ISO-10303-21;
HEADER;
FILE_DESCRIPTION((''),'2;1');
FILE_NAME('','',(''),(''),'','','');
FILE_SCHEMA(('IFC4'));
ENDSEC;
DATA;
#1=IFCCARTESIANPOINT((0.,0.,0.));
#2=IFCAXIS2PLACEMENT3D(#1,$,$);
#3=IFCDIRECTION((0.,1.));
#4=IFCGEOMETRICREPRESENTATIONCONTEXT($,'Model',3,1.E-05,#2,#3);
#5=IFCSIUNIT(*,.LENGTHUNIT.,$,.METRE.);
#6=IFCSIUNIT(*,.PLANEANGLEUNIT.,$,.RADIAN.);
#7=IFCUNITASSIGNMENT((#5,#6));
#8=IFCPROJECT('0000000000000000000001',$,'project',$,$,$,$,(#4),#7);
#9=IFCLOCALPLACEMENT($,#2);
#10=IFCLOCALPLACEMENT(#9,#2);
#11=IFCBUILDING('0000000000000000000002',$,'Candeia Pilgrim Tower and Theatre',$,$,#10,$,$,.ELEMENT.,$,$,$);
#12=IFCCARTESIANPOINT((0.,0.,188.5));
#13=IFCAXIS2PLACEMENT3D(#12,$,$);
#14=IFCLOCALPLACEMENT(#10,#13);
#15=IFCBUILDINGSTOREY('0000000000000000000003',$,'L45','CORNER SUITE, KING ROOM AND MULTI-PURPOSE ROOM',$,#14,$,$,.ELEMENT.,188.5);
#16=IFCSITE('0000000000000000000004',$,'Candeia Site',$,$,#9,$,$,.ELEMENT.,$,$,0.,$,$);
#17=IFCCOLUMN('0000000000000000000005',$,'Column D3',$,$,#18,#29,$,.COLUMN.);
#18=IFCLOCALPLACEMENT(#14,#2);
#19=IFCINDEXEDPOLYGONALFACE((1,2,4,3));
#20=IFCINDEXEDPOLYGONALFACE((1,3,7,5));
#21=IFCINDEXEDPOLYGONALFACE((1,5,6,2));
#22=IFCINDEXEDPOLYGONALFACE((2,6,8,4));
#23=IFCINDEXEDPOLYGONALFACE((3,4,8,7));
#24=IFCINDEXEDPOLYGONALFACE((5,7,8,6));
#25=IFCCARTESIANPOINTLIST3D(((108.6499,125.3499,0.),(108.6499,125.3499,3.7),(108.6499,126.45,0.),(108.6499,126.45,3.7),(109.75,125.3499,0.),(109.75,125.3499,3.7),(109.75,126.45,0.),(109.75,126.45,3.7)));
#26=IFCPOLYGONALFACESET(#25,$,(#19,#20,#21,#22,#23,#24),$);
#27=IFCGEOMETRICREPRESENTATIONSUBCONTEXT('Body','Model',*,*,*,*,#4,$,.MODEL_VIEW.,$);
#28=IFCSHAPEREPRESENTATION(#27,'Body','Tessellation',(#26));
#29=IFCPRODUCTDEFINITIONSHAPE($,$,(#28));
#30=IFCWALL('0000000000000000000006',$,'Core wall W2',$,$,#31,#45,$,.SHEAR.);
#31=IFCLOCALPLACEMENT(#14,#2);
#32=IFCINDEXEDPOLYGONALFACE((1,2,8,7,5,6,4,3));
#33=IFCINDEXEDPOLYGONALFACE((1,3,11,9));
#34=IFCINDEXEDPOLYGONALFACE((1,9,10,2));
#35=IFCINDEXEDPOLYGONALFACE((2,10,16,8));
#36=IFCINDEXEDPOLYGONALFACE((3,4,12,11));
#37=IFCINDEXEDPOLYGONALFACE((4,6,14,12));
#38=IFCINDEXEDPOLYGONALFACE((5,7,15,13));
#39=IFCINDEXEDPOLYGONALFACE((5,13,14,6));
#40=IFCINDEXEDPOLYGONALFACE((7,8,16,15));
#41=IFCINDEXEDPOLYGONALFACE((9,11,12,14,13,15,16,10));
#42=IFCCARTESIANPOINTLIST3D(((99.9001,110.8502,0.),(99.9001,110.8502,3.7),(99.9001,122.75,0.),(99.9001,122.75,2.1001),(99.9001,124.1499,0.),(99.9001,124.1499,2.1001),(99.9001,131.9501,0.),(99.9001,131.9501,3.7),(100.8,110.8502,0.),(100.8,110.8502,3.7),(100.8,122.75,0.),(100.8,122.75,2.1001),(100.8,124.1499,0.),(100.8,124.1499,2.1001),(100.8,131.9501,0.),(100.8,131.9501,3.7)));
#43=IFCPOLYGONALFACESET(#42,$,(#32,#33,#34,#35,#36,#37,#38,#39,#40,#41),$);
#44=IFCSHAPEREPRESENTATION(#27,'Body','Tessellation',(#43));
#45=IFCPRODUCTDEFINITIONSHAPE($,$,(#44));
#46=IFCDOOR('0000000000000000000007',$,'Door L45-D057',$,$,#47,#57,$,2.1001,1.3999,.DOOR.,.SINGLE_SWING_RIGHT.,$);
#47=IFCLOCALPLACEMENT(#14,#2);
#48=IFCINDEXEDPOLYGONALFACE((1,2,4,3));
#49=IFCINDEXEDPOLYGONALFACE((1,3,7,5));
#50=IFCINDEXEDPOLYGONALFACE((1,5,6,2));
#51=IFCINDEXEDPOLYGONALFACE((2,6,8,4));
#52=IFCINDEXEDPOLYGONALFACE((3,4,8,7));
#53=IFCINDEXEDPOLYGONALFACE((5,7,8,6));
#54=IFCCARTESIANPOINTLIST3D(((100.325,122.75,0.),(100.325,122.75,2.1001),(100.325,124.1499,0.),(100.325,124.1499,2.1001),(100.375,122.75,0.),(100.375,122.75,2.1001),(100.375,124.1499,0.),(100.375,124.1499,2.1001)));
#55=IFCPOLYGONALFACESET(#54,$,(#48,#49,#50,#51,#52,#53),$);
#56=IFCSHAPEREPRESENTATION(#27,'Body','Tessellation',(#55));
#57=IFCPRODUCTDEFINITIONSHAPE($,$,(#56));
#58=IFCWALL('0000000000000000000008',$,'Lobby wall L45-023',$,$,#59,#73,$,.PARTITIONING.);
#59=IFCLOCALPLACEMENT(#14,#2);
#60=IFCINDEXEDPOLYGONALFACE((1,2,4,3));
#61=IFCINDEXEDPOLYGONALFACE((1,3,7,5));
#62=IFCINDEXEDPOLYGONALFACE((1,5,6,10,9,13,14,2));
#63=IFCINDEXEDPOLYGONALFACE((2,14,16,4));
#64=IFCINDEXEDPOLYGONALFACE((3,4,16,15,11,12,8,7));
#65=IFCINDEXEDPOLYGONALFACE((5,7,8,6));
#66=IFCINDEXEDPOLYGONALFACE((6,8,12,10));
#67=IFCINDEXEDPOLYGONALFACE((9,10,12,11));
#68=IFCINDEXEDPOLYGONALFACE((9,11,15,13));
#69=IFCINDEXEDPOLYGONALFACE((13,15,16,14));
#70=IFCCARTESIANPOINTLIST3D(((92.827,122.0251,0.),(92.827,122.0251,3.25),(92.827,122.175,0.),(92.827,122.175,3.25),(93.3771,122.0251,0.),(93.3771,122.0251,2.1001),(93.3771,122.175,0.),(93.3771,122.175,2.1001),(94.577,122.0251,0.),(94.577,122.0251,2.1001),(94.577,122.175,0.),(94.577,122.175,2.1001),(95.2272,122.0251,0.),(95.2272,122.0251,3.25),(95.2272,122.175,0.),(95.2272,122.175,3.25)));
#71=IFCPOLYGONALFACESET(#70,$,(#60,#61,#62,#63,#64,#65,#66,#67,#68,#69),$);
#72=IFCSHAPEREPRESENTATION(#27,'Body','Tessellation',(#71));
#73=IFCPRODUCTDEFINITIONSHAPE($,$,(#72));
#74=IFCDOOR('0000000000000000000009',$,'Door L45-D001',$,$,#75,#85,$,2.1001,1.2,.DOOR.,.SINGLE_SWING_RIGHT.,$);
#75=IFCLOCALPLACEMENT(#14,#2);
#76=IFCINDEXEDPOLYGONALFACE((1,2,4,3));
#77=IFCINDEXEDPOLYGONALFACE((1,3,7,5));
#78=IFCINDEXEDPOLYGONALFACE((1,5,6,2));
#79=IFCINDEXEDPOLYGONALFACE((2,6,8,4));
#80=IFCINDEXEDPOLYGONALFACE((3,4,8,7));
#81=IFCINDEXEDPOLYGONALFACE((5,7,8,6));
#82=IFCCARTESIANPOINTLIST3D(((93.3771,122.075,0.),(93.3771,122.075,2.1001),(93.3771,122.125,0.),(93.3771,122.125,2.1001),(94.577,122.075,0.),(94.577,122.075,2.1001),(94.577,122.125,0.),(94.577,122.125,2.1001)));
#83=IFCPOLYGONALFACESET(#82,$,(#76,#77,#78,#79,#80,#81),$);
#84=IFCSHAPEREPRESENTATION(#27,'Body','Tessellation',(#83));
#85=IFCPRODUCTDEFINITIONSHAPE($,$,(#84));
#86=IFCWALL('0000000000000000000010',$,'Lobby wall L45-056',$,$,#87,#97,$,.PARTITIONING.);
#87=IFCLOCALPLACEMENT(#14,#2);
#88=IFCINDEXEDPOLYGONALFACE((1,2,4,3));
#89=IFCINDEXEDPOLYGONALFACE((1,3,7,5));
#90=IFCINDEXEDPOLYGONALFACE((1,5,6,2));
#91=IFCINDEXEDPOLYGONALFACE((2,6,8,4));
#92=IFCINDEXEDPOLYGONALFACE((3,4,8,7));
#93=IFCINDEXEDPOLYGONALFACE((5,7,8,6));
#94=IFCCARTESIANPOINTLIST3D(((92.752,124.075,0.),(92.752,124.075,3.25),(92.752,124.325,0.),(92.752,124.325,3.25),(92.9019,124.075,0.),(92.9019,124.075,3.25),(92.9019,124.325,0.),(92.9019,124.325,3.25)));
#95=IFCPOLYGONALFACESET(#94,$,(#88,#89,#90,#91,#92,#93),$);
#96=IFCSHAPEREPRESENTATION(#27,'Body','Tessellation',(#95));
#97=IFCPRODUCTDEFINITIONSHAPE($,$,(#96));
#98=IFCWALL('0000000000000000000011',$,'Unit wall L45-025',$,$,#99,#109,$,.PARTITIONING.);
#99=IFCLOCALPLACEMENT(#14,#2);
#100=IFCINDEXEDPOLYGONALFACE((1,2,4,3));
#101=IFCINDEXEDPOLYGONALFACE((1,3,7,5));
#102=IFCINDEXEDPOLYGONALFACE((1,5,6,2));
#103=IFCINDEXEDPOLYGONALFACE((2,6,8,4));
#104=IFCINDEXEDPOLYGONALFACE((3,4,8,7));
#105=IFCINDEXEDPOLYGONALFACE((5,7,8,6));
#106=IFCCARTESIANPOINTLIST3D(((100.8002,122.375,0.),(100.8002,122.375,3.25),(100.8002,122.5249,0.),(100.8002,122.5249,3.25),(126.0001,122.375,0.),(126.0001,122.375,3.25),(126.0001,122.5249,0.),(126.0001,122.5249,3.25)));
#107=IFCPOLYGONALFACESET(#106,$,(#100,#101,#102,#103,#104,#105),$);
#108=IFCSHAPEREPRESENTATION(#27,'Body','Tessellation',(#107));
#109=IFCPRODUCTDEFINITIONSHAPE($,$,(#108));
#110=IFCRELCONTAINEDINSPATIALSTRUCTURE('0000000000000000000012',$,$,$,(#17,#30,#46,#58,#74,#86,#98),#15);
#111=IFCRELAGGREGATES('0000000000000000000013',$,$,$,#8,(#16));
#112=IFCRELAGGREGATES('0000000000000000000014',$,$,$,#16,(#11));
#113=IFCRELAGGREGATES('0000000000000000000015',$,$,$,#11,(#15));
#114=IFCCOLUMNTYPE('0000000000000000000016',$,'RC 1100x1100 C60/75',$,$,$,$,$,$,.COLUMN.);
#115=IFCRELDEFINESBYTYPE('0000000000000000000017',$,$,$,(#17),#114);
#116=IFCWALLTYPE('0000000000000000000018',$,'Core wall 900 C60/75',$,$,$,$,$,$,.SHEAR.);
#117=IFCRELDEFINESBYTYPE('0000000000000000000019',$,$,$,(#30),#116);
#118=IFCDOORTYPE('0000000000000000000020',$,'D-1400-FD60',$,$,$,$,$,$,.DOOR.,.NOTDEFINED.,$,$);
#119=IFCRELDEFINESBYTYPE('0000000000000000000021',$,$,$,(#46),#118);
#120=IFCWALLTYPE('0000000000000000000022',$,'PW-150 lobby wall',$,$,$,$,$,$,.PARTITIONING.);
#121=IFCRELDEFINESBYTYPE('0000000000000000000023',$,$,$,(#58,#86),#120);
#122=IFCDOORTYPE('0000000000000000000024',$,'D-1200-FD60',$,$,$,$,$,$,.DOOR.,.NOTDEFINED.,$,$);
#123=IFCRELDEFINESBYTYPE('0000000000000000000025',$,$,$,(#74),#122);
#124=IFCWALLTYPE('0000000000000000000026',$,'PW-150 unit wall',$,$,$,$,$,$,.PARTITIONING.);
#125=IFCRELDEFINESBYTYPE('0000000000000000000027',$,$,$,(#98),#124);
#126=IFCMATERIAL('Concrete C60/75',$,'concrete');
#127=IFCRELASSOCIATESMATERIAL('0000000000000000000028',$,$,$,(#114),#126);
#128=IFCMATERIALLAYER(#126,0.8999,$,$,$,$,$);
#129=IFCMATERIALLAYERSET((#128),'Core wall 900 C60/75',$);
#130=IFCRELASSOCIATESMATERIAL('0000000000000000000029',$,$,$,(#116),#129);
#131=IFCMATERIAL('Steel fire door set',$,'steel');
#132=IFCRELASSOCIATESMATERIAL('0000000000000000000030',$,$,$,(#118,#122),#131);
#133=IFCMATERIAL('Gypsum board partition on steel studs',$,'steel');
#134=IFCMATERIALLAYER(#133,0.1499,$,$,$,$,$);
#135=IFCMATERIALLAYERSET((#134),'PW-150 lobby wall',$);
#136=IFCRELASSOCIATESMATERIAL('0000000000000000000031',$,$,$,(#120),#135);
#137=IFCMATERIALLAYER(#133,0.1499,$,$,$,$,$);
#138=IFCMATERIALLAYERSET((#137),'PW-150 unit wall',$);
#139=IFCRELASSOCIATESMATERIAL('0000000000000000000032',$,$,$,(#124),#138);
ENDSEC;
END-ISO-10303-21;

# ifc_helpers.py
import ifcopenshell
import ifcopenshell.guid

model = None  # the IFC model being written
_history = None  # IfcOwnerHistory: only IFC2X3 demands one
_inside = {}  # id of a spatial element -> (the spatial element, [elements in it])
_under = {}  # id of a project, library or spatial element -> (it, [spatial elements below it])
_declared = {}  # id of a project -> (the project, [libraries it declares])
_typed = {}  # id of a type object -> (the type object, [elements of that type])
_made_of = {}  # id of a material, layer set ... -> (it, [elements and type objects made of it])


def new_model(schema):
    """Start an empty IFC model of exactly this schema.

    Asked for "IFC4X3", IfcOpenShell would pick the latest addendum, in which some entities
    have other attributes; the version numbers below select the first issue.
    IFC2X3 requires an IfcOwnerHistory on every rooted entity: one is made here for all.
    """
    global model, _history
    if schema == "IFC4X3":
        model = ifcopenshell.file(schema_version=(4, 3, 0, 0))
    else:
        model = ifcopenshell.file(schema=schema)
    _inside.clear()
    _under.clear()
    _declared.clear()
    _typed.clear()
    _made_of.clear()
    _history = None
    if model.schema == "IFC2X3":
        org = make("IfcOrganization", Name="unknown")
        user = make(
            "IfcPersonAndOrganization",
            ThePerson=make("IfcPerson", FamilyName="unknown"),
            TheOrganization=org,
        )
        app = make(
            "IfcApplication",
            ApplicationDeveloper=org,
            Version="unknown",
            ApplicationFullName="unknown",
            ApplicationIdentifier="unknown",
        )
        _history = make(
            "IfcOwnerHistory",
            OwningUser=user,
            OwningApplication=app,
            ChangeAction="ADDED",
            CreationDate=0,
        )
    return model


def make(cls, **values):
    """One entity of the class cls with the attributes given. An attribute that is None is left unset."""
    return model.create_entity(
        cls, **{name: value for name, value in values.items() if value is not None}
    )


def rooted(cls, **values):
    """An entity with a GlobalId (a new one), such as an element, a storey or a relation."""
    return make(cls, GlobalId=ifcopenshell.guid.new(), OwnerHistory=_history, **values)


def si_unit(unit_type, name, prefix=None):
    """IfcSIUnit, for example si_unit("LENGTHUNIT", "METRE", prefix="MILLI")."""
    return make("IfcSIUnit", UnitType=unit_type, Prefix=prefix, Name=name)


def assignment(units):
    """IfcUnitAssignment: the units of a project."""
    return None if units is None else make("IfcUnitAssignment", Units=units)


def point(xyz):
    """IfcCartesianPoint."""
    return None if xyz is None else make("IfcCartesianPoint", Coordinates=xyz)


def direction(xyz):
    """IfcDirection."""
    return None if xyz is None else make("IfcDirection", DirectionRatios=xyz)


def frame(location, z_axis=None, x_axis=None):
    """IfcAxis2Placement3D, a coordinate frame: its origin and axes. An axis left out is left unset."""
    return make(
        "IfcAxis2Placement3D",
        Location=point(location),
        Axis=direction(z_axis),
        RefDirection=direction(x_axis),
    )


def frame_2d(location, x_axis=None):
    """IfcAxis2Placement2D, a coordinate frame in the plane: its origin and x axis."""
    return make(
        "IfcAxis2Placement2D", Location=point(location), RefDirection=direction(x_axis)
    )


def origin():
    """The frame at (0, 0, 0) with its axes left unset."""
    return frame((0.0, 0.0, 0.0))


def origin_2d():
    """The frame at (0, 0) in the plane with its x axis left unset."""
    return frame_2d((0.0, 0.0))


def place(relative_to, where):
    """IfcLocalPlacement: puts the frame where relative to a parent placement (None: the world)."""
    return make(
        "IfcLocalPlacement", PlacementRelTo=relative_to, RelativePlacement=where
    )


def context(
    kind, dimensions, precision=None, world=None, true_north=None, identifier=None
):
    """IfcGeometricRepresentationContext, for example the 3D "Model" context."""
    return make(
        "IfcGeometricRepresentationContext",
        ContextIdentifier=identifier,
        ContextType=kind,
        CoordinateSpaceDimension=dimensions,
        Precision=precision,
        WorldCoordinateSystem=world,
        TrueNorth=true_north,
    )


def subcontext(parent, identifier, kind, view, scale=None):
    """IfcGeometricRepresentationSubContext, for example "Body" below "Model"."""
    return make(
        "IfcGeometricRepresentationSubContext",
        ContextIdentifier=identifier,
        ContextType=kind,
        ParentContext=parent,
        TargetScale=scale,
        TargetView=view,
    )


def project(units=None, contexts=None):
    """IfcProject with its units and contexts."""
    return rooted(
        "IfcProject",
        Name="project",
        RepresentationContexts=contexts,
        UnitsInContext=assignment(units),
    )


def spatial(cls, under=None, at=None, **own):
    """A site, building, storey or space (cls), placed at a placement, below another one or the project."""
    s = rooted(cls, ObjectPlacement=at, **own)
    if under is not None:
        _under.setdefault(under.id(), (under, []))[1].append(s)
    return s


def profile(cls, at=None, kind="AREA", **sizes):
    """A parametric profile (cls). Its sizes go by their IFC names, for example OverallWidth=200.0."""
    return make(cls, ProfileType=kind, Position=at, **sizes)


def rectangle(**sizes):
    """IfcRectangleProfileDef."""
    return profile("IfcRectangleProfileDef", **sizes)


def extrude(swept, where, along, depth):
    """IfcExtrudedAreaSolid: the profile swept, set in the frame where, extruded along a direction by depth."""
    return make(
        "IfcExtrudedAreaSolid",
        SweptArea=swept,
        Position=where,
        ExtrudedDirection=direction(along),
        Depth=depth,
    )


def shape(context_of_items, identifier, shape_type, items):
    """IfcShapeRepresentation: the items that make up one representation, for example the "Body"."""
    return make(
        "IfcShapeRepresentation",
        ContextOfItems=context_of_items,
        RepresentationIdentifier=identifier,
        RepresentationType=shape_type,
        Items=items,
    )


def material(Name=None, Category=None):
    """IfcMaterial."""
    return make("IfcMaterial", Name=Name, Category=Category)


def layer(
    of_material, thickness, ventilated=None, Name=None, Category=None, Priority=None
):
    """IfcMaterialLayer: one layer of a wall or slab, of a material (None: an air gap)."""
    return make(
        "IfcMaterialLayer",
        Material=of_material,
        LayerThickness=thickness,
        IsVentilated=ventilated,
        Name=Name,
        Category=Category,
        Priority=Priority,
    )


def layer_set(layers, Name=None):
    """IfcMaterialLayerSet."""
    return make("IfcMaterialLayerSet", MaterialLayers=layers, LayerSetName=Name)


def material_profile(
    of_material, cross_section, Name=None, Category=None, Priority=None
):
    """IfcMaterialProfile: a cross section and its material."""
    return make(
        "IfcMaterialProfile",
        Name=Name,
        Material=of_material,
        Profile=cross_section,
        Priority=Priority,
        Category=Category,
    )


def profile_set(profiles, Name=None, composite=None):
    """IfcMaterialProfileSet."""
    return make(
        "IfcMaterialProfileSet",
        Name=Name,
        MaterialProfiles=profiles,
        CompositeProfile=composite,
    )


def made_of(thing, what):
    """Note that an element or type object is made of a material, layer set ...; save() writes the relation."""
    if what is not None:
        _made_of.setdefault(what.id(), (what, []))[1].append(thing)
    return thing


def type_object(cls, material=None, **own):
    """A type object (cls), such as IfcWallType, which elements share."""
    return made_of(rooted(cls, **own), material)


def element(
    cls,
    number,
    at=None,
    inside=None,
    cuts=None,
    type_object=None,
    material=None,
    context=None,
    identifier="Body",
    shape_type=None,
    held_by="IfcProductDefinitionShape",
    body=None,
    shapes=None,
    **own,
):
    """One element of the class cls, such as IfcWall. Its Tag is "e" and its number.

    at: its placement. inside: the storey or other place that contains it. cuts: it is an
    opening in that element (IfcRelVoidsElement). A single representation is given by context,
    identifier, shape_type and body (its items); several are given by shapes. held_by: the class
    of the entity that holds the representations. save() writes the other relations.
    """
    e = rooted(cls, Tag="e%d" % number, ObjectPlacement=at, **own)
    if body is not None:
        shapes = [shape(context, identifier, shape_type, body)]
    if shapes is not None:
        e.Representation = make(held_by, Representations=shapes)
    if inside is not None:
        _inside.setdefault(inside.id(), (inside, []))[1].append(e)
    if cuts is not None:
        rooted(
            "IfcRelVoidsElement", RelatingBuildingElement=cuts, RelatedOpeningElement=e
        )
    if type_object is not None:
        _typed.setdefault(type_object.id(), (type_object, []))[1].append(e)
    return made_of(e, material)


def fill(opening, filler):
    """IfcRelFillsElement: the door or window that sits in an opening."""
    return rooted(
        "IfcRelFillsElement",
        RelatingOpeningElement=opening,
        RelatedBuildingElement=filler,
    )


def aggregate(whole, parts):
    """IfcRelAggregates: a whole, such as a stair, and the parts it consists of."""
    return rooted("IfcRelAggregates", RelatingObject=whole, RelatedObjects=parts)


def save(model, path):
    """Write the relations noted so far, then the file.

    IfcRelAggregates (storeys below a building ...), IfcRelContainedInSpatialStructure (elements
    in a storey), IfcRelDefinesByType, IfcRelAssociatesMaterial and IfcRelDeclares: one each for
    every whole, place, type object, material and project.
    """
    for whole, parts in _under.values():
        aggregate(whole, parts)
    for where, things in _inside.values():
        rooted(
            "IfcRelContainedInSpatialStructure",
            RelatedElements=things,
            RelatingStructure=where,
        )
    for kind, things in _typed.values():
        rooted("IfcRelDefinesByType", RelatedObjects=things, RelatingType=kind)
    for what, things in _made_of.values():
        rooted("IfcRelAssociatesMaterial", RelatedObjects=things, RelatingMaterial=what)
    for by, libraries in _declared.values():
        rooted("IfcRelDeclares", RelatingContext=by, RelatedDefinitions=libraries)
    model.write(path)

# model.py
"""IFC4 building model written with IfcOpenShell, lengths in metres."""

from ifc_helpers import new_model, si_unit, direction, frame, frame_2d, origin, origin_2d, place, context, subcontext, project, spatial, rectangle, extrude, material, layer, layer_set, material_profile, profile_set, type_object, element, fill, save


model = new_model("IFC4")

# Units and contexts
model_context = context("Model", 3, precision=1e-05, world=origin(), true_north=direction((0.0, 1.0)))
body_context = subcontext(model_context, "Body", "Model", "MODEL_VIEW")
ifc_project = project(units=[si_unit("LENGTHUNIT", "METRE"), si_unit("PLANEANGLEUNIT", "RADIAN")], contexts=[model_context])

# Site, building, storey
site_placement = place(None, origin())
site = spatial("IfcSite", under=ifc_project, at=site_placement, Name="Candeia Site", CompositionType="ELEMENT", RefElevation=0.0)
building_placement = place(site_placement, origin())
building = spatial("IfcBuilding", under=site, at=building_placement, Name="Candeia Pilgrim Tower and Theatre", CompositionType="ELEMENT")
storey_placement = place(building_placement, frame((0.0, 0.0, 188.5)))
storey = spatial("IfcBuildingStorey", under=building, at=storey_placement, Name="L45", Description="CORNER SUITE, KING ROOM AND MULTI-PURPOSE ROOM", CompositionType="ELEMENT", Elevation=188.5)

# Column
ifc_material_1 = material(Name="Concrete C60/75", Category="concrete")
ifc_material_profile = material_profile(ifc_material_1, rectangle(XDim=1.1001, YDim=1.1001, at=origin_2d()))
ifc_profile_set = profile_set([ifc_material_profile], Name="Concrete C60/75")
column_type = type_object("IfcColumnType", Name="RC 1100x1100 C60/75", PredefinedType="COLUMN", material=ifc_profile_set)
column_placement = place(storey_placement, frame((109.2, 125.8999, 0.0), z_axis=(0.0, 0.0, 1.0), x_axis=(1.0, 0.0, 0.0)))
element("IfcColumn", 1, at=column_placement, inside=storey, type_object=column_type, Name="Column D3", PredefinedType="COLUMN", context=body_context, shape_type="SweptSolid", body=[
    extrude(rectangle(XDim=1.1001, YDim=1.1001, at=origin_2d()), origin(), (0.0, 0.0, 1.0), 3.7),
])

# Walls, openings, doors
ifc_layer_1 = layer(ifc_material_1, 0.8999)
ifc_layer_set_1 = layer_set([ifc_layer_1], Name="Core wall 900 C60/75")
wall_type_1 = type_object("IfcWallType", Name="Core wall 900 C60/75", PredefinedType="SHEAR", material=ifc_layer_set_1)
wall_1_placement = place(storey_placement, frame((100.3501, 131.95, 0.0), z_axis=(0.0, 0.0, 1.0), x_axis=(0.0, -1.0, 0.0)))
wall_1 = element("IfcWall", 2, at=wall_1_placement, inside=storey, type_object=wall_type_1, Name="Core wall W2", PredefinedType="SHEAR", context=body_context, shape_type="SweptSolid", body=[
    extrude(rectangle(XDim=21.0999, YDim=0.8999, at=frame_2d((10.5498, 0.0))), origin(), (0.0, 0.0, 1.0), 3.7),
])
opening_1_placement = place(wall_1_placement, frame((7.8, 0.0, 0.0)))
opening_1 = element("IfcOpeningElement", 3, at=opening_1_placement, cuts=wall_1, PredefinedType="OPENING", context=body_context, shape_type="SweptSolid", body=[
    extrude(rectangle(XDim=1.3999, YDim=2.1001, at=frame_2d((0.7, 1.05))), frame((0.0, 0.46, 0.0), z_axis=(0.0, -1.0, 0.0), x_axis=(1.0, 0.0, 0.0)), (0.0, 0.0, 1.0), 0.9199),
])
ifc_material_2 = material(Name="Steel fire door set", Category="steel")
door_type_1 = type_object("IfcDoorType", Name="D-1400-FD60", OperationType="NOTDEFINED", PredefinedType="DOOR", material=ifc_material_2)
door_1_placement = place(opening_1_placement, origin())
door_1 = element("IfcDoor", 4, at=door_1_placement, inside=storey, type_object=door_type_1, Name="Door L45-D057", OperationType="SINGLE_SWING_RIGHT", OverallHeight=2.1001, OverallWidth=1.3999, PredefinedType="DOOR", context=body_context, shape_type="SweptSolid", body=[
    extrude(rectangle(XDim=1.3999, YDim=2.1001, at=frame_2d((0.7, 1.05))), frame((0.0, 0.0249, 0.0), z_axis=(0.0, -1.0, 0.0), x_axis=(1.0, 0.0, 0.0)), (0.0, 0.0, 1.0), 0.05),
])
fill(opening_1, door_1)
ifc_material_3 = material(Name="Gypsum board partition on steel studs", Category="steel")
ifc_layer_2 = layer(ifc_material_3, 0.1499)
ifc_layer_set_2 = layer_set([ifc_layer_2], Name="PW-150 lobby wall")
wall_type_2 = type_object("IfcWallType", Name="PW-150 lobby wall", PredefinedType="PARTITIONING", material=ifc_layer_set_2)
wall_2_placement = place(storey_placement, frame((92.8269, 122.1001, 0.0), z_axis=(0.0, 0.0, 1.0), x_axis=(1.0, 0.0, 0.0)))
wall_2 = element("IfcWall", 5, at=wall_2_placement, inside=storey, type_object=wall_type_2, Name="Lobby wall L45-023", PredefinedType="PARTITIONING", context=body_context, shape_type="SweptSolid", body=[
    extrude(rectangle(XDim=2.4001, YDim=0.1499, at=frame_2d((1.2002, 0.0))), origin(), (0.0, 0.0, 1.0), 3.25),
])
opening_2_placement = place(wall_2_placement, frame((0.55, 0.0, 0.0)))
opening_2 = element("IfcOpeningElement", 6, at=opening_2_placement, cuts=wall_2, PredefinedType="OPENING", context=body_context, shape_type="SweptSolid", body=[
    extrude(rectangle(XDim=1.2, YDim=2.1001, at=frame_2d((0.6001, 1.05))), frame((0.0, 0.085, 0.0), z_axis=(0.0, -1.0, 0.0), x_axis=(1.0, 0.0, 0.0)), (0.0, 0.0, 1.0), 0.1699),
])
door_type_2 = type_object("IfcDoorType", Name="D-1200-FD60", OperationType="NOTDEFINED", PredefinedType="DOOR", material=ifc_material_2)
door_2_placement = place(opening_2_placement, origin())
door_2 = element("IfcDoor", 7, at=door_2_placement, inside=storey, type_object=door_type_2, Name="Door L45-D001", OperationType="SINGLE_SWING_RIGHT", OverallHeight=2.1001, OverallWidth=1.2, PredefinedType="DOOR", context=body_context, shape_type="SweptSolid", body=[
    extrude(rectangle(XDim=1.2, YDim=2.1001, at=frame_2d((0.6001, 1.05))), frame((0.0, 0.0249, 0.0), z_axis=(0.0, -1.0, 0.0), x_axis=(1.0, 0.0, 0.0)), (0.0, 0.0, 1.0), 0.05),
])
fill(opening_2, door_2)

# Walls
wall_3_placement = place(storey_placement, frame((92.8269, 124.075, 0.0), z_axis=(0.0, 0.0, 1.0), x_axis=(0.0, 1.0, 0.0)))
element("IfcWall", 8, at=wall_3_placement, inside=storey, type_object=wall_type_2, Name="Lobby wall L45-056", PredefinedType="PARTITIONING", context=body_context, shape_type="SweptSolid", body=[
    extrude(rectangle(XDim=0.25, YDim=0.1499, at=frame_2d((0.125, 0.0))), origin(), (0.0, 0.0, 1.0), 3.25),
])
ifc_layer_3 = layer(ifc_material_3, 0.1499)
ifc_layer_set_3 = layer_set([ifc_layer_3], Name="PW-150 unit wall")
wall_type_3 = type_object("IfcWallType", Name="PW-150 unit wall", PredefinedType="PARTITIONING", material=ifc_layer_set_3)
wall_4_placement = place(storey_placement, frame((100.8, 122.45, 0.0), z_axis=(0.0, 0.0, 1.0), x_axis=(1.0, 0.0, 0.0)))
element("IfcWall", 9, at=wall_4_placement, inside=storey, type_object=wall_type_3, Name="Unit wall L45-025", PredefinedType="PARTITIONING", context=body_context, shape_type="SweptSolid", body=[
    extrude(rectangle(XDim=25.2, YDim=0.1499, at=frame_2d((12.6001, 0.0))), origin(), (0.0, 0.0, 1.0), 3.25),
])

save(model, "model.ifc")
